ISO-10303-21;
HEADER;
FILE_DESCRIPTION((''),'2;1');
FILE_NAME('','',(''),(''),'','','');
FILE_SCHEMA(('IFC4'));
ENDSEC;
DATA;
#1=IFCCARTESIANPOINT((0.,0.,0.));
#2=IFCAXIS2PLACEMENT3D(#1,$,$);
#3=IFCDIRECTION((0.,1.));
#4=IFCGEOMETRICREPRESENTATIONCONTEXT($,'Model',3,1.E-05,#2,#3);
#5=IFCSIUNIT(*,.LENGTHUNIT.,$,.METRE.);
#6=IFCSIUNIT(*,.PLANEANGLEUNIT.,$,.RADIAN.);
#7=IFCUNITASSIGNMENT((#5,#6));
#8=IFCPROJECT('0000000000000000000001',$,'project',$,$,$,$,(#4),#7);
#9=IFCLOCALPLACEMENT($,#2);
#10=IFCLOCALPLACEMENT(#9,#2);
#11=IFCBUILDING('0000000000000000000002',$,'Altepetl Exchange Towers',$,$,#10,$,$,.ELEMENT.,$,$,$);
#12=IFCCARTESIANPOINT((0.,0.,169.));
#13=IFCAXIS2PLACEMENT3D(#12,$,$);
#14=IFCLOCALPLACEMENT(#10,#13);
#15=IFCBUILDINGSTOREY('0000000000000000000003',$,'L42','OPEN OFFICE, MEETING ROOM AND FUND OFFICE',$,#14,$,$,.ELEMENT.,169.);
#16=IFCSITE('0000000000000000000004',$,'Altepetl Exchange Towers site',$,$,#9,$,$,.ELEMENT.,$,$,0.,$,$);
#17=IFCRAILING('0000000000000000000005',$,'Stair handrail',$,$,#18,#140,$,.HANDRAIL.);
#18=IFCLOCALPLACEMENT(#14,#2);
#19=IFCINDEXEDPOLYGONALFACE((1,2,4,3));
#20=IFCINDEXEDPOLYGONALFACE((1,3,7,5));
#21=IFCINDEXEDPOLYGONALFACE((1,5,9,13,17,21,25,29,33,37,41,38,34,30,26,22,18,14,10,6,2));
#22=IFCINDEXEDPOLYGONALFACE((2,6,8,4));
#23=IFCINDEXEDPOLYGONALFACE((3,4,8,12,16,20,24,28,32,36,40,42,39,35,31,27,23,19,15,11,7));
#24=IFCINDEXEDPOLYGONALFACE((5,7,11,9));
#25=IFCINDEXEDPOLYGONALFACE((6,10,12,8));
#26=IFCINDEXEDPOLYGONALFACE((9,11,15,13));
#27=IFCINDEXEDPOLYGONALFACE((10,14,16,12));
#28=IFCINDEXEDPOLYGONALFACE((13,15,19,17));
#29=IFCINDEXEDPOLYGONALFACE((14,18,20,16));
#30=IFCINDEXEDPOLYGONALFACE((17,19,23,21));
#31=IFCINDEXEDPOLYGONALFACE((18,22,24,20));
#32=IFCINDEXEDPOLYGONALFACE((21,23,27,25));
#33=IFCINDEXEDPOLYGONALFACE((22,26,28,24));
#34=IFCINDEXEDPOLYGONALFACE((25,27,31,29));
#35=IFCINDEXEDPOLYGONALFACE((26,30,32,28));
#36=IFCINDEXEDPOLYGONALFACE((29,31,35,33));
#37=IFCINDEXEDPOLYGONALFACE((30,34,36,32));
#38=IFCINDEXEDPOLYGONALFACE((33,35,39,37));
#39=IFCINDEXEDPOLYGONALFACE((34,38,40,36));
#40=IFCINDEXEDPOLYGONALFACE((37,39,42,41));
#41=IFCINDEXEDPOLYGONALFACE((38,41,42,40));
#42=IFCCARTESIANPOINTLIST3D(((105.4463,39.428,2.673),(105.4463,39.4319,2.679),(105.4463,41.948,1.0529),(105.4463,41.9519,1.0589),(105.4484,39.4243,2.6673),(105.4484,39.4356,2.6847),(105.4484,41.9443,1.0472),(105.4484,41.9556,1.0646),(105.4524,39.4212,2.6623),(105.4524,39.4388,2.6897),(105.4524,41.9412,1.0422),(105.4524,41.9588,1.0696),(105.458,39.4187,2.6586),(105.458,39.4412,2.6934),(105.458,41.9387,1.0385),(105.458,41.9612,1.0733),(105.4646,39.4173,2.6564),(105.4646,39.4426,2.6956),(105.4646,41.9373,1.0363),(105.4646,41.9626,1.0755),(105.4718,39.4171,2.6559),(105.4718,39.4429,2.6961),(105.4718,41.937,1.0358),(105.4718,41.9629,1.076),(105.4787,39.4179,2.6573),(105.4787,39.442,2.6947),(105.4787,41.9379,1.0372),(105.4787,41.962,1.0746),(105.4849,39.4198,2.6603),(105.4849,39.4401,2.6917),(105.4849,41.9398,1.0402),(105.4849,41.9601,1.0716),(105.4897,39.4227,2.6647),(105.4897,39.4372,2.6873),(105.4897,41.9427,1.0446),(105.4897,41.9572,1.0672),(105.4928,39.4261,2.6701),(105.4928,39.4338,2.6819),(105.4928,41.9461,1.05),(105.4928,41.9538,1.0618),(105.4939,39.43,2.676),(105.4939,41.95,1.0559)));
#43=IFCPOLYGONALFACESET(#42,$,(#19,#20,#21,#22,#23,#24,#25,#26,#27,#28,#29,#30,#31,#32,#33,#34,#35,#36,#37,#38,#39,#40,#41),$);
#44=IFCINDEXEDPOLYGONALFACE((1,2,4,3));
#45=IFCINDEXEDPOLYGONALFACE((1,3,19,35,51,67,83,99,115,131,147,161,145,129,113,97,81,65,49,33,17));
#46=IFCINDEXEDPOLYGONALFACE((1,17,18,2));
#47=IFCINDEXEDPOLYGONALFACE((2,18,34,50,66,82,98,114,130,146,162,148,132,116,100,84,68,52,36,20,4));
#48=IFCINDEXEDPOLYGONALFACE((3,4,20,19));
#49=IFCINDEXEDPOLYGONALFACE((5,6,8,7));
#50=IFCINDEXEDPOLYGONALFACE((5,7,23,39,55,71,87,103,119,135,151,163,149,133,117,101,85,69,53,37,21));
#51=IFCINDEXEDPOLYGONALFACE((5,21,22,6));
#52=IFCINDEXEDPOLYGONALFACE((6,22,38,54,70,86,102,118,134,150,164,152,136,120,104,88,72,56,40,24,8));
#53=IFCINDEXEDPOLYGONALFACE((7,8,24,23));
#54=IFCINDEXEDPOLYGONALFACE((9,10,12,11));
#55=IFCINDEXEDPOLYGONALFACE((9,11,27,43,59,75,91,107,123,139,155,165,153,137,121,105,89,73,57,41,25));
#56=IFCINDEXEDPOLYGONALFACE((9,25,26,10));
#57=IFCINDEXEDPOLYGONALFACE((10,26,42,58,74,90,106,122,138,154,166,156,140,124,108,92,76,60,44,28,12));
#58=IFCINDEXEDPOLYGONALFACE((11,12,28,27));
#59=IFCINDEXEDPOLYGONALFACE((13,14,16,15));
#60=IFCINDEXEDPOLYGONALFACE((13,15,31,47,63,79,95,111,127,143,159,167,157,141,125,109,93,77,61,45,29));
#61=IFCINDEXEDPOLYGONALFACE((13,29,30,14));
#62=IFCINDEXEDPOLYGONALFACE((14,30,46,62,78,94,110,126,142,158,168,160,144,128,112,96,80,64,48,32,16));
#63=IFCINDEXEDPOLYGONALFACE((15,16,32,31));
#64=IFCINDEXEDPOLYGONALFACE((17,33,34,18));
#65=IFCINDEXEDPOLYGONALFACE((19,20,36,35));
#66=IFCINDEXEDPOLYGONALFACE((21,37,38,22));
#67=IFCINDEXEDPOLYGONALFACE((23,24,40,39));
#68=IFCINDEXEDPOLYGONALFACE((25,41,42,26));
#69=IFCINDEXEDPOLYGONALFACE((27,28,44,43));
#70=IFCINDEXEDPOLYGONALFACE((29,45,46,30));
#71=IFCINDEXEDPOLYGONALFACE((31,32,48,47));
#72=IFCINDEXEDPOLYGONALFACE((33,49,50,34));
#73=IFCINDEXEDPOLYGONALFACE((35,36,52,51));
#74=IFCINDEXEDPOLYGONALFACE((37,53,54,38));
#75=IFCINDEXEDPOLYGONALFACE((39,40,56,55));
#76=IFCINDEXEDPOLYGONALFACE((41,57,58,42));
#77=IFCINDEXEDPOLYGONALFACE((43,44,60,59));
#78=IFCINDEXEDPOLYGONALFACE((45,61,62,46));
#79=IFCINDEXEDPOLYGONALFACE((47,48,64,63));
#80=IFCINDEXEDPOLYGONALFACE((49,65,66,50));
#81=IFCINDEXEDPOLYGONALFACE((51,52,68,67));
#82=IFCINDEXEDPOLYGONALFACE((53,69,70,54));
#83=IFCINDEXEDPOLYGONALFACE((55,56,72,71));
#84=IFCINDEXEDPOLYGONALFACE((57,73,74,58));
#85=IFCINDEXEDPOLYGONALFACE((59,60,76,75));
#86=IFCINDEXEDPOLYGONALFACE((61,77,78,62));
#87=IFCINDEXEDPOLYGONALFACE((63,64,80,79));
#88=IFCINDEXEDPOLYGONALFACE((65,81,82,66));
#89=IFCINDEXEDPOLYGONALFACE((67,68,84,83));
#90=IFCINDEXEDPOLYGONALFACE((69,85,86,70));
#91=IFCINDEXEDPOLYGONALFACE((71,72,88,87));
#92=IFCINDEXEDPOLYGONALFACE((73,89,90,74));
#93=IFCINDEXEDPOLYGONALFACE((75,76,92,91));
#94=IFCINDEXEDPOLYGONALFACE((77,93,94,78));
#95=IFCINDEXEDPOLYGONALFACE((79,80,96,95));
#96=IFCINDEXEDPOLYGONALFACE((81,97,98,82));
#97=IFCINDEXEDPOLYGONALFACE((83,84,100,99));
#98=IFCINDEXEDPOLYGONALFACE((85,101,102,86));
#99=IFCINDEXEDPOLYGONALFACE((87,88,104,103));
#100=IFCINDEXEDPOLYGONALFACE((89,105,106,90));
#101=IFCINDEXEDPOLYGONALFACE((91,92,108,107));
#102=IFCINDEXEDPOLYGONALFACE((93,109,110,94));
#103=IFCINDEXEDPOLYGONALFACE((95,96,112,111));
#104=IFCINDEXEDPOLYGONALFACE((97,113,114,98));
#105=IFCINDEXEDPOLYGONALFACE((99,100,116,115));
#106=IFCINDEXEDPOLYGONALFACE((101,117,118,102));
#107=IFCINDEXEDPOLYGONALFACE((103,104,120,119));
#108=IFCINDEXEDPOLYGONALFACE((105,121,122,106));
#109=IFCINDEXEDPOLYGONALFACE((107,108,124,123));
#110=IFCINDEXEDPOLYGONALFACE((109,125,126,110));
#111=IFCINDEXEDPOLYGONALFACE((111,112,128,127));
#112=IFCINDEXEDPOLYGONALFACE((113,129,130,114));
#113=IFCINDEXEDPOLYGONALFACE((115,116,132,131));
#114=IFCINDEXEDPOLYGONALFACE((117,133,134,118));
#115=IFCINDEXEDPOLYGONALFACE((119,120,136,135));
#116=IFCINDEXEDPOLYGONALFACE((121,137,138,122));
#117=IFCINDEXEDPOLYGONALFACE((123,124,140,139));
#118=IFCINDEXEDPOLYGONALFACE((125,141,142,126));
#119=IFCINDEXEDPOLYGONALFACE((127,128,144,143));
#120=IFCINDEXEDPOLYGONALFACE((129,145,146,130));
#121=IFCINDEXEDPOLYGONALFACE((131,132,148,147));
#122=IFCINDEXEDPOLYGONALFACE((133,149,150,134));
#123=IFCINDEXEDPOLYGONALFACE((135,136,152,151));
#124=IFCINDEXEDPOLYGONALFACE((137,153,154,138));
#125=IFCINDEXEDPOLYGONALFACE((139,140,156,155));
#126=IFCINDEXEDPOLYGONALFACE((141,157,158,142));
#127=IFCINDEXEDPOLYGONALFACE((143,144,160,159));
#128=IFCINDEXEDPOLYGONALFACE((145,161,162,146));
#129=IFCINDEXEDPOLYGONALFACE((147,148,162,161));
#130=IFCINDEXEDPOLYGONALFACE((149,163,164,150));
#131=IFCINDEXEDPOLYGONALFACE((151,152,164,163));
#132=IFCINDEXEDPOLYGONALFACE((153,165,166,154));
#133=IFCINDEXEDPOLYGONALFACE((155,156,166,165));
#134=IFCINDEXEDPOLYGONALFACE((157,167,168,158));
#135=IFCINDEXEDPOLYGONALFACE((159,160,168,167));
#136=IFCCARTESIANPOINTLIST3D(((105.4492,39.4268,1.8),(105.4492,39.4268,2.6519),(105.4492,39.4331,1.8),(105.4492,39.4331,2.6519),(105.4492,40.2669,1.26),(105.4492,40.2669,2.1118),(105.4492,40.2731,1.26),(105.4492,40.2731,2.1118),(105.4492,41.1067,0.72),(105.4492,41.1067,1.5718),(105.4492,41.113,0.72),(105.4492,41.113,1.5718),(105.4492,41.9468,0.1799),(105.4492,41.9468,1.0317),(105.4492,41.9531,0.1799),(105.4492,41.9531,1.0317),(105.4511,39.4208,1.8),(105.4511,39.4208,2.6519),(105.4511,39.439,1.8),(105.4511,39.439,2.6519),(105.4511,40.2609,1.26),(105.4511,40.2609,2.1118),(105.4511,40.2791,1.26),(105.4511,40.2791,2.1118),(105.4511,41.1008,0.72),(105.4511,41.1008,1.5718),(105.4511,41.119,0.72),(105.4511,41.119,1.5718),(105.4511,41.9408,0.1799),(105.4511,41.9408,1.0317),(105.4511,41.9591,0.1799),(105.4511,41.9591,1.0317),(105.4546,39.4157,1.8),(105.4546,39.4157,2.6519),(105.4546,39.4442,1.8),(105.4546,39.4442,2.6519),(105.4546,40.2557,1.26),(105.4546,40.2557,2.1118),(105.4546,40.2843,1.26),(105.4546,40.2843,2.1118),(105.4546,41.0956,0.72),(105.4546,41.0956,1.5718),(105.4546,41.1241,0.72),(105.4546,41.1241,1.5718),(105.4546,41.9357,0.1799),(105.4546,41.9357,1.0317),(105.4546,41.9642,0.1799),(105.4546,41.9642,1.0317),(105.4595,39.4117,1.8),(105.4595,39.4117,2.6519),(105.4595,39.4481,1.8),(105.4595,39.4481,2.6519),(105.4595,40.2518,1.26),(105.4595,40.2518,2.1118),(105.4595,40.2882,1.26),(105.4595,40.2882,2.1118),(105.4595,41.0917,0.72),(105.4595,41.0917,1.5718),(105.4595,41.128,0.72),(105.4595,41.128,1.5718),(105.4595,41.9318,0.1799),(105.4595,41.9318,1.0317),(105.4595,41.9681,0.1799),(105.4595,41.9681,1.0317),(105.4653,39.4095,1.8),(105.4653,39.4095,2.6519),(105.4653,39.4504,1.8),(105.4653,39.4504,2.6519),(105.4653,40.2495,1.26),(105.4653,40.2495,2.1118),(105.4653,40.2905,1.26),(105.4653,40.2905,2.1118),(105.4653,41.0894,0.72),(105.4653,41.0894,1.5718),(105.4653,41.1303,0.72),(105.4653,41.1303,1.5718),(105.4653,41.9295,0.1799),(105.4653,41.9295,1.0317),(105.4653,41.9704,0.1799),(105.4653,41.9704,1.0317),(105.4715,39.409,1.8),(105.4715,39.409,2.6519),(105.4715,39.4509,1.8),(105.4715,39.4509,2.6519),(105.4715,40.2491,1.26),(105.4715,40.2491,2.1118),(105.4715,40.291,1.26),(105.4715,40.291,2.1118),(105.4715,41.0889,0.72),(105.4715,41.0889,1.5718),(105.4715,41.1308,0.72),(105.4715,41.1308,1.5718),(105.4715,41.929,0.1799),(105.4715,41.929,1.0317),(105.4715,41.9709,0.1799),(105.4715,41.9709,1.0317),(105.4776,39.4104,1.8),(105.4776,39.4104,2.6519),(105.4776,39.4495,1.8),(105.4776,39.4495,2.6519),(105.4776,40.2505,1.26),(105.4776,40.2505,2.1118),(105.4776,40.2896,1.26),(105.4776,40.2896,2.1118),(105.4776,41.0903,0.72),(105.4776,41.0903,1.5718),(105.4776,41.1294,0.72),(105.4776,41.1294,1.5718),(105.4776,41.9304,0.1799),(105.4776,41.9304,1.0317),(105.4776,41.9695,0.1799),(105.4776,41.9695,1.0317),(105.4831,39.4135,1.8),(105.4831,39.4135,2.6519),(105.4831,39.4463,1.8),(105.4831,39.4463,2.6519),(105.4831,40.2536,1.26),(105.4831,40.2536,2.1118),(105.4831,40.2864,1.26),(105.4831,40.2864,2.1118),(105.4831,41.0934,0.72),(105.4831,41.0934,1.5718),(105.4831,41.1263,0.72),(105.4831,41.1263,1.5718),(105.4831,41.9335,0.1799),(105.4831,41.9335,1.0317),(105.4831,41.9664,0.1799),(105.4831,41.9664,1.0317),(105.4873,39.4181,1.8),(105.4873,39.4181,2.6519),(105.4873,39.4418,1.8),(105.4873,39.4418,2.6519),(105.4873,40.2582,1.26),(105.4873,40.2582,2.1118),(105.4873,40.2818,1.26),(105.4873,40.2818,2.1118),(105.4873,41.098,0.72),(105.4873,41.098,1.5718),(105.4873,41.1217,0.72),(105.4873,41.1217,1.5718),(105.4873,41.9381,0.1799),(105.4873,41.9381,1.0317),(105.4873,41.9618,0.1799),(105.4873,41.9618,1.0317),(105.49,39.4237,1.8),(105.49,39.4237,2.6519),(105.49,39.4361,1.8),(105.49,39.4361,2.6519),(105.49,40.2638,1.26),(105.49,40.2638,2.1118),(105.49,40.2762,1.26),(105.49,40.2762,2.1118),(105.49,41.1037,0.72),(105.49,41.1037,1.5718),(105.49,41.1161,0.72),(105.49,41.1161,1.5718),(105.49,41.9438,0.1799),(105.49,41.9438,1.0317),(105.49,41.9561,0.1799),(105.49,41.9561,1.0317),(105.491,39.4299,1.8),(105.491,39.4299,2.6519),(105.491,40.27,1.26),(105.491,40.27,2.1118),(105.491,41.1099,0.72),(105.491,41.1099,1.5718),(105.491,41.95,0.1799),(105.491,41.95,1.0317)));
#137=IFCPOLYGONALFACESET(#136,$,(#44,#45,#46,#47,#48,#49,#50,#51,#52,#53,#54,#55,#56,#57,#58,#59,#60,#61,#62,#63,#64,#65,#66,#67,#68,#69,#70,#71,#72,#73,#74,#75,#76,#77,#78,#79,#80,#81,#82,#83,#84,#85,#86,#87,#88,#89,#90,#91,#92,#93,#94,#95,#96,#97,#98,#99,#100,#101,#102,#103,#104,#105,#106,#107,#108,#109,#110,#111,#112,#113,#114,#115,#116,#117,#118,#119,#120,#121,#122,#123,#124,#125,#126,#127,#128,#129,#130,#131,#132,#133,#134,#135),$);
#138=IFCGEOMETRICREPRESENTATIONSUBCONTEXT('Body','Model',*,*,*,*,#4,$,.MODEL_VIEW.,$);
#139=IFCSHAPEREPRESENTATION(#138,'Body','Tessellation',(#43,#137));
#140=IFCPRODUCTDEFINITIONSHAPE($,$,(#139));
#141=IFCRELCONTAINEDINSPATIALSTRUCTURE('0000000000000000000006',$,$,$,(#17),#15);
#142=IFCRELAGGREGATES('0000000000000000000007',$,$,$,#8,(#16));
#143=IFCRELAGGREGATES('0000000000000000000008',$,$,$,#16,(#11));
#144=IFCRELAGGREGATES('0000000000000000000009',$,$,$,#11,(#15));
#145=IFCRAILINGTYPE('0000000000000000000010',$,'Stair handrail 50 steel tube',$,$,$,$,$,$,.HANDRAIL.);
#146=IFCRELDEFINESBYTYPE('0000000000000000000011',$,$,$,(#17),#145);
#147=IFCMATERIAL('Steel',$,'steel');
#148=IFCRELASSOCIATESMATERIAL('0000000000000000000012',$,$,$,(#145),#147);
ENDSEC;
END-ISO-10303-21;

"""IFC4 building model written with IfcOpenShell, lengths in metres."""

from ifc_helpers import new_model, si_unit, direction, frame, origin, origin_2d, place, context, subcontext, project, spatial, circle, extrude, source, transform, mapped, material, type_object, element, save


model = new_model("IFC4")

# Units and contexts
model_context = context("Model", 3, precision=1e-05, world=origin(), true_north=direction((0.0, 1.0)))
body_context = subcontext(model_context, "Body", "Model", "MODEL_VIEW")
ifc_project = project(units=[si_unit("LENGTHUNIT", "METRE"), si_unit("PLANEANGLEUNIT", "RADIAN")], contexts=[model_context])

# Site, building, storey
site_placement = place(None, origin())
site = spatial("IfcSite", under=ifc_project, at=site_placement, Name="Altepetl Exchange Towers site", CompositionType="ELEMENT", RefElevation=0.0)
building_placement = place(site_placement, origin())
building = spatial("IfcBuilding", under=site, at=building_placement, Name="Altepetl Exchange Towers", CompositionType="ELEMENT")
storey_placement = place(building_placement, frame((0.0, 0.0, 169.0)))
storey = spatial("IfcBuildingStorey", under=building, at=storey_placement, Name="L42", Description="OPEN OFFICE, MEETING ROOM AND FUND OFFICE", CompositionType="ELEMENT", Elevation=169.0)

# Railing
ifc_material_1 = material(Name="Steel", Category="steel")
railing_type = type_object("IfcRailingType", Name="Stair handrail 50 steel tube", PredefinedType="HANDRAIL", material=ifc_material_1)
shared_shape = source(origin(), body_context, "Body", "SweptSolid", [
    extrude(circle(Radius=0.021, at=origin_2d()), origin(), (0.0, 0.0, 1.0), 0.8518),
])
railing_1_placement = place(storey_placement, frame((105.47, 41.95, 0.1799)))
element("IfcRailing", 1, at=railing_1_placement, inside=storey, type_object=railing_type, Name="Stair handrail", PredefinedType="HANDRAIL", context=body_context, shape_type="SweptSolid", body=[
    extrude(circle(Radius=0.0239, at=origin_2d()), frame((0.0, 0.0, 0.876), z_axis=(0.0, -0.841163, 0.540782), x_axis=(1.0, 0.0, 0.0)), (0.0, 0.0, 1.0), 2.9958),
    mapped(shared_shape, transform((0.0, 0.0, 0.0))),
    mapped(shared_shape, transform((0.0, -0.8401, 0.54))),
    mapped(shared_shape, transform((0.0, -1.6799, 1.0801))),
    mapped(shared_shape, transform((0.0, -2.52, 1.6201))),
])

save(model, "model.ifc")
